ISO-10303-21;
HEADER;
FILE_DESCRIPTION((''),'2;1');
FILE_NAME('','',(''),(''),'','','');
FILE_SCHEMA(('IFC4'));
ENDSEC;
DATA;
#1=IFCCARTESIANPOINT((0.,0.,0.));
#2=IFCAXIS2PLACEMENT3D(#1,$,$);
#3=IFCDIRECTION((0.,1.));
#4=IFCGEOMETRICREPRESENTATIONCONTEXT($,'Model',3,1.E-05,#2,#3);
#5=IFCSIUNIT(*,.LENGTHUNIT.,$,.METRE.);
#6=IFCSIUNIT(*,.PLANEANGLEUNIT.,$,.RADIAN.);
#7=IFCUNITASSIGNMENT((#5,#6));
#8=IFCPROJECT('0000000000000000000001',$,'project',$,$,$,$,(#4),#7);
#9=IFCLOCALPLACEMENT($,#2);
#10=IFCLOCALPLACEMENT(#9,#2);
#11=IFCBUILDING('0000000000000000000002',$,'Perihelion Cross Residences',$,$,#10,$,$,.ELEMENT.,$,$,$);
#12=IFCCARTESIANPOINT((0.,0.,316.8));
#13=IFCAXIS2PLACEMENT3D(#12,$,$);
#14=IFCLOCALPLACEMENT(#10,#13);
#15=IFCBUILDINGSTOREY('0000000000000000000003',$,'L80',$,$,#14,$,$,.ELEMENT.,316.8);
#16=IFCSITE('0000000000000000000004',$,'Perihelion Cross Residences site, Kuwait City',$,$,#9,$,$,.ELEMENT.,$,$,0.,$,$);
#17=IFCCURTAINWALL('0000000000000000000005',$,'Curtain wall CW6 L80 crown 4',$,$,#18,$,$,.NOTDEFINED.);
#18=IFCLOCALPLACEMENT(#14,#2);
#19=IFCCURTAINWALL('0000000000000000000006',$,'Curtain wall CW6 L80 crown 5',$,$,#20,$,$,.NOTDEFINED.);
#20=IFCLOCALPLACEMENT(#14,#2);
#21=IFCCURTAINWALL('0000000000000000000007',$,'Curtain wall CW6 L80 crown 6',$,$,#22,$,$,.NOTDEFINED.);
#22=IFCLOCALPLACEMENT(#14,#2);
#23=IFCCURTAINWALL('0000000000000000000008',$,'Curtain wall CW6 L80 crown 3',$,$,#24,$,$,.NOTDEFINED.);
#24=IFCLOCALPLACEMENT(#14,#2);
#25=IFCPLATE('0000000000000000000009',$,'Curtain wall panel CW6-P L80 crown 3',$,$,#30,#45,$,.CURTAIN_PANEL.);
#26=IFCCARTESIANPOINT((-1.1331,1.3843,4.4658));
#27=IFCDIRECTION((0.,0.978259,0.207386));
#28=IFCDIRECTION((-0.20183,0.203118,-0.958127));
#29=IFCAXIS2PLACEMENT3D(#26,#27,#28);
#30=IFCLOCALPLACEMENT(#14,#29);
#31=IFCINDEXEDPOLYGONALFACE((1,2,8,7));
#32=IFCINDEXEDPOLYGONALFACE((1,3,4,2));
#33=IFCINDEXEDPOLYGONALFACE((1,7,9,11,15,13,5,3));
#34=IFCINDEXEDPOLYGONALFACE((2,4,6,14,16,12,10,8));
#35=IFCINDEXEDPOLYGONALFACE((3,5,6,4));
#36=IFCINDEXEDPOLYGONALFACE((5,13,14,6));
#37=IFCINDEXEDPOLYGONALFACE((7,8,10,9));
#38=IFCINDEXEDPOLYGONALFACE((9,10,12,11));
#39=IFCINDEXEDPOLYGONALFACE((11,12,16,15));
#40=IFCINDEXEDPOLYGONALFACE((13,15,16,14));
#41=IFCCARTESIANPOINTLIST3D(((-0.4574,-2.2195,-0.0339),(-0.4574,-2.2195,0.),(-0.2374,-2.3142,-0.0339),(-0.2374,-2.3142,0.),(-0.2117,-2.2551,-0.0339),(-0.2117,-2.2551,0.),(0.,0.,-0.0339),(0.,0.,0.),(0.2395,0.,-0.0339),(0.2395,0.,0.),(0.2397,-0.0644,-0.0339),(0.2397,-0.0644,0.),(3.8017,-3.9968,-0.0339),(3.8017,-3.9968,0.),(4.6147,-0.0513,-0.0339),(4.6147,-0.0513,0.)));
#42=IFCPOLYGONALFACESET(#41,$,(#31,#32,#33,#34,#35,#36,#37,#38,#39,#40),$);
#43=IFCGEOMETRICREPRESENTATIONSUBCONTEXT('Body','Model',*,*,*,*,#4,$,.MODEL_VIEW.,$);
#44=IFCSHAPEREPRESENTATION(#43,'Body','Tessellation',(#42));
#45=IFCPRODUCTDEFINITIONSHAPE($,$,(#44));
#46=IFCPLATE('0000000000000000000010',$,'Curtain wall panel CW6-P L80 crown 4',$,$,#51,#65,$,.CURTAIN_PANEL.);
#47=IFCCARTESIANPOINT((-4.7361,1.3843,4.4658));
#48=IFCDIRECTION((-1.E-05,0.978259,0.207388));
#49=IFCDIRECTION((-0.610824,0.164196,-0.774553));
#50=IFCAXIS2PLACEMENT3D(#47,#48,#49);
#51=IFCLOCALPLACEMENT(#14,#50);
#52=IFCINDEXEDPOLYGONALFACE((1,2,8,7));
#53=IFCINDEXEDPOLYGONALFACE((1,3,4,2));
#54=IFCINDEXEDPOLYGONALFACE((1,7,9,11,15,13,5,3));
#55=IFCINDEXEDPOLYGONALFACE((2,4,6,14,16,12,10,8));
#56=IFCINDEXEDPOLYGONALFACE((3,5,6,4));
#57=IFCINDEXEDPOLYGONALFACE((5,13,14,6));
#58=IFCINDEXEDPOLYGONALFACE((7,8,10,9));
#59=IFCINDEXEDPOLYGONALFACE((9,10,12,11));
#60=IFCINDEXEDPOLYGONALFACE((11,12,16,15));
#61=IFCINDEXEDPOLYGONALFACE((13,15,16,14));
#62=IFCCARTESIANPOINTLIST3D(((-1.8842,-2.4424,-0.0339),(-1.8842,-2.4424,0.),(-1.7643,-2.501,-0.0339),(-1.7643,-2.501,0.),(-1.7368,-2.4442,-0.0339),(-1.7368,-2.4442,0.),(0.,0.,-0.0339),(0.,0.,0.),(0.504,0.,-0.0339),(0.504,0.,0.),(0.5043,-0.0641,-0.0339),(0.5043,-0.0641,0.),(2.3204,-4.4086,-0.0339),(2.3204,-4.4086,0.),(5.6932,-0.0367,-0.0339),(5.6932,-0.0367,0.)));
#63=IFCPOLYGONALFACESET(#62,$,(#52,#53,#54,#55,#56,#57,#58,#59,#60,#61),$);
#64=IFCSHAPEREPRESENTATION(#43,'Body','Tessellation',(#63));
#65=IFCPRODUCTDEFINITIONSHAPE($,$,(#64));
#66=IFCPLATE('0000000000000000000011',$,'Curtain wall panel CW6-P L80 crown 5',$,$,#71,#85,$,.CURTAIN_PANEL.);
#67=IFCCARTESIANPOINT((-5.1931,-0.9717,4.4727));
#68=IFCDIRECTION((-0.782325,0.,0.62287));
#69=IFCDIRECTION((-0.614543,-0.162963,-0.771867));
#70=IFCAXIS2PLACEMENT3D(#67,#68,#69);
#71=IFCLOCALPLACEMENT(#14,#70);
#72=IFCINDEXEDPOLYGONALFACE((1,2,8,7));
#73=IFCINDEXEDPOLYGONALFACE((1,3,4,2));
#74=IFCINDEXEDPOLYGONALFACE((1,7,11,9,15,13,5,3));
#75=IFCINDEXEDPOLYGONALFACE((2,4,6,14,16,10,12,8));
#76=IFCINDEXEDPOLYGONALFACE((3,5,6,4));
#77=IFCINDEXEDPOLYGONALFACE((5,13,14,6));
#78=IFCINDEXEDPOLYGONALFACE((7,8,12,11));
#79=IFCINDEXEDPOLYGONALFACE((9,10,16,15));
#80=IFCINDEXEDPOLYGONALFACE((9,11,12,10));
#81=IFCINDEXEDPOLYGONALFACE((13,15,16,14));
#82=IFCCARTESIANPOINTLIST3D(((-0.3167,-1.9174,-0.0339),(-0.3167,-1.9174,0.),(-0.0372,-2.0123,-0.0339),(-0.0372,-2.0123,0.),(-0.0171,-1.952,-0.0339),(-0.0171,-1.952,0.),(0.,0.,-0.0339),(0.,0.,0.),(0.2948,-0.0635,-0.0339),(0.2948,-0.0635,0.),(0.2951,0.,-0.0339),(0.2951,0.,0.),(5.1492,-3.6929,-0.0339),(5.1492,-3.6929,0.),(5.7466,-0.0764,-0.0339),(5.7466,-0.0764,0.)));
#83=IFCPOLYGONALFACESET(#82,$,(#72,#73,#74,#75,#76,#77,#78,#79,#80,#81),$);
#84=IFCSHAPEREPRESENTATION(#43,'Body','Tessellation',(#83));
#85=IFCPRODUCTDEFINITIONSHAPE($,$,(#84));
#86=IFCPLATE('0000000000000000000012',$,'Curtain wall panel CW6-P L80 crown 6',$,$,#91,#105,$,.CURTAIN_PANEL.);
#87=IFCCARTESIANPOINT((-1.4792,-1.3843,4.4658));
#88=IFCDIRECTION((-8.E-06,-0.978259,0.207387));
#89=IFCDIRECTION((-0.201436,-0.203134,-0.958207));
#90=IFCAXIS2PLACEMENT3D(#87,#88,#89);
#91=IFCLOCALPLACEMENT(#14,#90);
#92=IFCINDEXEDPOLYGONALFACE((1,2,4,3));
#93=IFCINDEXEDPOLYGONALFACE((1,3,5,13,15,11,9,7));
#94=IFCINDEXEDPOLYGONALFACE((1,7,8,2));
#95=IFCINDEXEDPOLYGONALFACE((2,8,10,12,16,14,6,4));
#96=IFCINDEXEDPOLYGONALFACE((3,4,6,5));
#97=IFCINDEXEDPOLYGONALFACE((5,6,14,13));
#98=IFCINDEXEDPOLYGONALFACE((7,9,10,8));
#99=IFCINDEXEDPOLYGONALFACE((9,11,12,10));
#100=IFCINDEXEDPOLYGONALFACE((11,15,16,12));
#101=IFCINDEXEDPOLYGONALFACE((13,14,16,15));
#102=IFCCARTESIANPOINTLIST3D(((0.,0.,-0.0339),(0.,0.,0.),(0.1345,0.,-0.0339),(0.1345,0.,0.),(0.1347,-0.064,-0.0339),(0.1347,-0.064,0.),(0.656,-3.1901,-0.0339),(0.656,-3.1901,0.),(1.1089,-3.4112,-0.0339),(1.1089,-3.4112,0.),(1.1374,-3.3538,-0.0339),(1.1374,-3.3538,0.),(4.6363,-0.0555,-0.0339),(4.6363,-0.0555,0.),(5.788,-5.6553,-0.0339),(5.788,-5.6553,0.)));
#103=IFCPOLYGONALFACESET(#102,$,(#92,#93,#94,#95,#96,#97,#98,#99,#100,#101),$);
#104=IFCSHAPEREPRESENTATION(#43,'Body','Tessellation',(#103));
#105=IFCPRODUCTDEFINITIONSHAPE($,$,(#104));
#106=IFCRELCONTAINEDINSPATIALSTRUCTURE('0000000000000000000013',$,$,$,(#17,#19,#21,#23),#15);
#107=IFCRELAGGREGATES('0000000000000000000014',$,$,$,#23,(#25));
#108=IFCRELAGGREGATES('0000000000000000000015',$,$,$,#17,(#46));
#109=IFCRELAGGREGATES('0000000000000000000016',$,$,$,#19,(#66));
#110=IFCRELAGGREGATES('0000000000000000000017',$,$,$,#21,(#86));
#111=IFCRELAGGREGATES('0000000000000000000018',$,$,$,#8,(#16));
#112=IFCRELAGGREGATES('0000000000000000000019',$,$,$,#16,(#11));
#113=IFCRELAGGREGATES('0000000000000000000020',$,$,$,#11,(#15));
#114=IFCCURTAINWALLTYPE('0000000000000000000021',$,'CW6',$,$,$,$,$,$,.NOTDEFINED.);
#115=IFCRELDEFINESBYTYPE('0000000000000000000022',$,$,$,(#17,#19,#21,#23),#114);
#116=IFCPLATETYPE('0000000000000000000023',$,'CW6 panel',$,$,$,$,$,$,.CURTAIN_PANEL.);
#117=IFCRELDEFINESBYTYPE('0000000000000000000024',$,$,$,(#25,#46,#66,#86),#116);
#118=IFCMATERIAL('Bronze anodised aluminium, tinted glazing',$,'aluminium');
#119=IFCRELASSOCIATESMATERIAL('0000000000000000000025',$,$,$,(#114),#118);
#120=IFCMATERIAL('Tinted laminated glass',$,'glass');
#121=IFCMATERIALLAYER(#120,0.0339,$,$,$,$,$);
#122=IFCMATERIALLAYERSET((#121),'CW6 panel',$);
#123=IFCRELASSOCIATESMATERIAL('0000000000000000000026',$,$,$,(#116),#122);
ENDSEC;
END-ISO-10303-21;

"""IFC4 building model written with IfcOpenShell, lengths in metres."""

from ifc_helpers import new_model, si_unit, direction, frame, origin, place, context, subcontext, project, spatial, polyline, outline, extrude, material, layer, layer_set, type_object, element, aggregate, save


model = new_model("IFC4")

# Units and contexts
model_context = context("Model", 3, precision=1e-05, world=origin(), true_north=direction((0.0, 1.0)))
body_context = subcontext(model_context, "Body", "Model", "MODEL_VIEW")
ifc_project = project(units=[si_unit("LENGTHUNIT", "METRE"), si_unit("PLANEANGLEUNIT", "RADIAN")], contexts=[model_context])

# Site, building, storey
site_placement = place(None, origin())
site = spatial("IfcSite", under=ifc_project, at=site_placement, Name="Perihelion Cross Residences site, Kuwait City", CompositionType="ELEMENT", RefElevation=0.0)
building_placement = place(site_placement, origin())
building = spatial("IfcBuilding", under=site, at=building_placement, Name="Perihelion Cross Residences", CompositionType="ELEMENT")
storey_placement = place(building_placement, frame((0.0, 0.0, 316.8)))
storey = spatial("IfcBuildingStorey", under=building, at=storey_placement, Name="L80", CompositionType="ELEMENT", Elevation=316.8)

# Curtain walls
ifc_material_1 = material(Name="Bronze anodised aluminium, tinted glazing", Category="aluminium")
curtain_wall_type = type_object("IfcCurtainWallType", Name="CW6", PredefinedType="NOTDEFINED", material=ifc_material_1)
curtain_wall_1_placement = place(storey_placement, origin())
curtain_wall_1 = element("IfcCurtainWall", 1, at=curtain_wall_1_placement, inside=storey, type_object=curtain_wall_type, Name="Curtain wall CW6 L80 crown 4", PredefinedType="NOTDEFINED")
curtain_wall_2_placement = place(storey_placement, origin())
curtain_wall_2 = element("IfcCurtainWall", 2, at=curtain_wall_2_placement, inside=storey, type_object=curtain_wall_type, Name="Curtain wall CW6 L80 crown 5", PredefinedType="NOTDEFINED")
curtain_wall_3_placement = place(storey_placement, origin())
curtain_wall_3 = element("IfcCurtainWall", 3, at=curtain_wall_3_placement, inside=storey, type_object=curtain_wall_type, Name="Curtain wall CW6 L80 crown 6", PredefinedType="NOTDEFINED")

# Curtain wall, plate
curtain_wall_4_placement = place(storey_placement, origin())
curtain_wall_4 = element("IfcCurtainWall", 4, at=curtain_wall_4_placement, inside=storey, type_object=curtain_wall_type, Name="Curtain wall CW6 L80 crown 3", PredefinedType="NOTDEFINED")
ifc_material_2 = material(Name="Tinted laminated glass", Category="glass")
ifc_layer_1 = layer(ifc_material_2, 0.0339)
ifc_layer_set_1 = layer_set([ifc_layer_1], Name="CW6 panel")
plate_type_1 = type_object("IfcPlateType", Name="CW6 panel", PredefinedType="CURTAIN_PANEL", material=ifc_layer_set_1)
plate_1_placement = place(storey_placement, frame((-1.1331, 1.3843, 4.4658), z_axis=(0.0, 0.978259, 0.207386), x_axis=(-0.20183, 0.203118, -0.958127)))
plate_1 = element("IfcPlate", 5, at=plate_1_placement, type_object=plate_type_1, Name="Curtain wall panel CW6-P L80 crown 3", PredefinedType="CURTAIN_PANEL", context=body_context, shape_type="SweptSolid", body=[
    extrude(outline(polyline([(0.0, 0.0), (0.2395, 0.0), (0.2397, -0.0644), (4.6147, -0.0513), (3.8017, -3.9968), (-0.2117, -2.2551), (-0.2374, -2.3142), (-0.4574, -2.2195), (0.0, 0.0)])), origin(), (0.0, 0.0, -1.0), 0.0339),
])
aggregate(curtain_wall_4, [plate_1])

# Plates
plate_2_placement = place(storey_placement, frame((-4.7361, 1.3843, 4.4658), z_axis=(-0.00001, 0.978259, 0.207388), x_axis=(-0.610824, 0.164196, -0.774553)))
plate_2 = element("IfcPlate", 6, at=plate_2_placement, type_object=plate_type_1, Name="Curtain wall panel CW6-P L80 crown 4", PredefinedType="CURTAIN_PANEL", context=body_context, shape_type="SweptSolid", body=[
    extrude(outline(polyline([(0.0, 0.0), (0.504, 0.0), (0.5043, -0.0641), (5.6932, -0.0367), (2.3204, -4.4086), (-1.7368, -2.4442), (-1.7643, -2.501), (-1.8842, -2.4424), (0.0, 0.0)])), origin(), (0.0, 0.0, -1.0), 0.0339),
])
aggregate(curtain_wall_1, [plate_2])
plate_3_placement = place(storey_placement, frame((-5.1931, -0.9717, 4.4727), z_axis=(-0.782325, 0.0, 0.62287), x_axis=(-0.614543, -0.162963, -0.771867)))
plate_3 = element("IfcPlate", 7, at=plate_3_placement, type_object=plate_type_1, Name="Curtain wall panel CW6-P L80 crown 5", PredefinedType="CURTAIN_PANEL", context=body_context, shape_type="SweptSolid", body=[
    extrude(outline(polyline([(0.0, 0.0), (0.2951, 0.0), (0.2948, -0.0635), (5.7466, -0.0764), (5.1492, -3.6929), (-0.0171, -1.952), (-0.0372, -2.0123), (-0.3167, -1.9174), (0.0, 0.0)])), origin(), (0.0, 0.0, -1.0), 0.0339),
])
aggregate(curtain_wall_2, [plate_3])
plate_4_placement = place(storey_placement, frame((-1.4792, -1.3843, 4.4658), z_axis=(-0.000008, -0.978259, 0.207387), x_axis=(-0.201436, -0.203134, -0.958207)))
plate_4 = element("IfcPlate", 8, at=plate_4_placement, type_object=plate_type_1, Name="Curtain wall panel CW6-P L80 crown 6", PredefinedType="CURTAIN_PANEL", context=body_context, shape_type="SweptSolid", body=[
    extrude(outline(polyline([(0.0, 0.0), (0.1345, 0.0), (0.1347, -0.064), (4.6363, -0.0555), (5.788, -5.6553), (1.1374, -3.3538), (1.1089, -3.4112), (0.656, -3.1901), (0.0, 0.0)])), origin(), (0.0, 0.0, -1.0), 0.0339),
])
aggregate(curtain_wall_3, [plate_4])

save(model, "model.ifc")
